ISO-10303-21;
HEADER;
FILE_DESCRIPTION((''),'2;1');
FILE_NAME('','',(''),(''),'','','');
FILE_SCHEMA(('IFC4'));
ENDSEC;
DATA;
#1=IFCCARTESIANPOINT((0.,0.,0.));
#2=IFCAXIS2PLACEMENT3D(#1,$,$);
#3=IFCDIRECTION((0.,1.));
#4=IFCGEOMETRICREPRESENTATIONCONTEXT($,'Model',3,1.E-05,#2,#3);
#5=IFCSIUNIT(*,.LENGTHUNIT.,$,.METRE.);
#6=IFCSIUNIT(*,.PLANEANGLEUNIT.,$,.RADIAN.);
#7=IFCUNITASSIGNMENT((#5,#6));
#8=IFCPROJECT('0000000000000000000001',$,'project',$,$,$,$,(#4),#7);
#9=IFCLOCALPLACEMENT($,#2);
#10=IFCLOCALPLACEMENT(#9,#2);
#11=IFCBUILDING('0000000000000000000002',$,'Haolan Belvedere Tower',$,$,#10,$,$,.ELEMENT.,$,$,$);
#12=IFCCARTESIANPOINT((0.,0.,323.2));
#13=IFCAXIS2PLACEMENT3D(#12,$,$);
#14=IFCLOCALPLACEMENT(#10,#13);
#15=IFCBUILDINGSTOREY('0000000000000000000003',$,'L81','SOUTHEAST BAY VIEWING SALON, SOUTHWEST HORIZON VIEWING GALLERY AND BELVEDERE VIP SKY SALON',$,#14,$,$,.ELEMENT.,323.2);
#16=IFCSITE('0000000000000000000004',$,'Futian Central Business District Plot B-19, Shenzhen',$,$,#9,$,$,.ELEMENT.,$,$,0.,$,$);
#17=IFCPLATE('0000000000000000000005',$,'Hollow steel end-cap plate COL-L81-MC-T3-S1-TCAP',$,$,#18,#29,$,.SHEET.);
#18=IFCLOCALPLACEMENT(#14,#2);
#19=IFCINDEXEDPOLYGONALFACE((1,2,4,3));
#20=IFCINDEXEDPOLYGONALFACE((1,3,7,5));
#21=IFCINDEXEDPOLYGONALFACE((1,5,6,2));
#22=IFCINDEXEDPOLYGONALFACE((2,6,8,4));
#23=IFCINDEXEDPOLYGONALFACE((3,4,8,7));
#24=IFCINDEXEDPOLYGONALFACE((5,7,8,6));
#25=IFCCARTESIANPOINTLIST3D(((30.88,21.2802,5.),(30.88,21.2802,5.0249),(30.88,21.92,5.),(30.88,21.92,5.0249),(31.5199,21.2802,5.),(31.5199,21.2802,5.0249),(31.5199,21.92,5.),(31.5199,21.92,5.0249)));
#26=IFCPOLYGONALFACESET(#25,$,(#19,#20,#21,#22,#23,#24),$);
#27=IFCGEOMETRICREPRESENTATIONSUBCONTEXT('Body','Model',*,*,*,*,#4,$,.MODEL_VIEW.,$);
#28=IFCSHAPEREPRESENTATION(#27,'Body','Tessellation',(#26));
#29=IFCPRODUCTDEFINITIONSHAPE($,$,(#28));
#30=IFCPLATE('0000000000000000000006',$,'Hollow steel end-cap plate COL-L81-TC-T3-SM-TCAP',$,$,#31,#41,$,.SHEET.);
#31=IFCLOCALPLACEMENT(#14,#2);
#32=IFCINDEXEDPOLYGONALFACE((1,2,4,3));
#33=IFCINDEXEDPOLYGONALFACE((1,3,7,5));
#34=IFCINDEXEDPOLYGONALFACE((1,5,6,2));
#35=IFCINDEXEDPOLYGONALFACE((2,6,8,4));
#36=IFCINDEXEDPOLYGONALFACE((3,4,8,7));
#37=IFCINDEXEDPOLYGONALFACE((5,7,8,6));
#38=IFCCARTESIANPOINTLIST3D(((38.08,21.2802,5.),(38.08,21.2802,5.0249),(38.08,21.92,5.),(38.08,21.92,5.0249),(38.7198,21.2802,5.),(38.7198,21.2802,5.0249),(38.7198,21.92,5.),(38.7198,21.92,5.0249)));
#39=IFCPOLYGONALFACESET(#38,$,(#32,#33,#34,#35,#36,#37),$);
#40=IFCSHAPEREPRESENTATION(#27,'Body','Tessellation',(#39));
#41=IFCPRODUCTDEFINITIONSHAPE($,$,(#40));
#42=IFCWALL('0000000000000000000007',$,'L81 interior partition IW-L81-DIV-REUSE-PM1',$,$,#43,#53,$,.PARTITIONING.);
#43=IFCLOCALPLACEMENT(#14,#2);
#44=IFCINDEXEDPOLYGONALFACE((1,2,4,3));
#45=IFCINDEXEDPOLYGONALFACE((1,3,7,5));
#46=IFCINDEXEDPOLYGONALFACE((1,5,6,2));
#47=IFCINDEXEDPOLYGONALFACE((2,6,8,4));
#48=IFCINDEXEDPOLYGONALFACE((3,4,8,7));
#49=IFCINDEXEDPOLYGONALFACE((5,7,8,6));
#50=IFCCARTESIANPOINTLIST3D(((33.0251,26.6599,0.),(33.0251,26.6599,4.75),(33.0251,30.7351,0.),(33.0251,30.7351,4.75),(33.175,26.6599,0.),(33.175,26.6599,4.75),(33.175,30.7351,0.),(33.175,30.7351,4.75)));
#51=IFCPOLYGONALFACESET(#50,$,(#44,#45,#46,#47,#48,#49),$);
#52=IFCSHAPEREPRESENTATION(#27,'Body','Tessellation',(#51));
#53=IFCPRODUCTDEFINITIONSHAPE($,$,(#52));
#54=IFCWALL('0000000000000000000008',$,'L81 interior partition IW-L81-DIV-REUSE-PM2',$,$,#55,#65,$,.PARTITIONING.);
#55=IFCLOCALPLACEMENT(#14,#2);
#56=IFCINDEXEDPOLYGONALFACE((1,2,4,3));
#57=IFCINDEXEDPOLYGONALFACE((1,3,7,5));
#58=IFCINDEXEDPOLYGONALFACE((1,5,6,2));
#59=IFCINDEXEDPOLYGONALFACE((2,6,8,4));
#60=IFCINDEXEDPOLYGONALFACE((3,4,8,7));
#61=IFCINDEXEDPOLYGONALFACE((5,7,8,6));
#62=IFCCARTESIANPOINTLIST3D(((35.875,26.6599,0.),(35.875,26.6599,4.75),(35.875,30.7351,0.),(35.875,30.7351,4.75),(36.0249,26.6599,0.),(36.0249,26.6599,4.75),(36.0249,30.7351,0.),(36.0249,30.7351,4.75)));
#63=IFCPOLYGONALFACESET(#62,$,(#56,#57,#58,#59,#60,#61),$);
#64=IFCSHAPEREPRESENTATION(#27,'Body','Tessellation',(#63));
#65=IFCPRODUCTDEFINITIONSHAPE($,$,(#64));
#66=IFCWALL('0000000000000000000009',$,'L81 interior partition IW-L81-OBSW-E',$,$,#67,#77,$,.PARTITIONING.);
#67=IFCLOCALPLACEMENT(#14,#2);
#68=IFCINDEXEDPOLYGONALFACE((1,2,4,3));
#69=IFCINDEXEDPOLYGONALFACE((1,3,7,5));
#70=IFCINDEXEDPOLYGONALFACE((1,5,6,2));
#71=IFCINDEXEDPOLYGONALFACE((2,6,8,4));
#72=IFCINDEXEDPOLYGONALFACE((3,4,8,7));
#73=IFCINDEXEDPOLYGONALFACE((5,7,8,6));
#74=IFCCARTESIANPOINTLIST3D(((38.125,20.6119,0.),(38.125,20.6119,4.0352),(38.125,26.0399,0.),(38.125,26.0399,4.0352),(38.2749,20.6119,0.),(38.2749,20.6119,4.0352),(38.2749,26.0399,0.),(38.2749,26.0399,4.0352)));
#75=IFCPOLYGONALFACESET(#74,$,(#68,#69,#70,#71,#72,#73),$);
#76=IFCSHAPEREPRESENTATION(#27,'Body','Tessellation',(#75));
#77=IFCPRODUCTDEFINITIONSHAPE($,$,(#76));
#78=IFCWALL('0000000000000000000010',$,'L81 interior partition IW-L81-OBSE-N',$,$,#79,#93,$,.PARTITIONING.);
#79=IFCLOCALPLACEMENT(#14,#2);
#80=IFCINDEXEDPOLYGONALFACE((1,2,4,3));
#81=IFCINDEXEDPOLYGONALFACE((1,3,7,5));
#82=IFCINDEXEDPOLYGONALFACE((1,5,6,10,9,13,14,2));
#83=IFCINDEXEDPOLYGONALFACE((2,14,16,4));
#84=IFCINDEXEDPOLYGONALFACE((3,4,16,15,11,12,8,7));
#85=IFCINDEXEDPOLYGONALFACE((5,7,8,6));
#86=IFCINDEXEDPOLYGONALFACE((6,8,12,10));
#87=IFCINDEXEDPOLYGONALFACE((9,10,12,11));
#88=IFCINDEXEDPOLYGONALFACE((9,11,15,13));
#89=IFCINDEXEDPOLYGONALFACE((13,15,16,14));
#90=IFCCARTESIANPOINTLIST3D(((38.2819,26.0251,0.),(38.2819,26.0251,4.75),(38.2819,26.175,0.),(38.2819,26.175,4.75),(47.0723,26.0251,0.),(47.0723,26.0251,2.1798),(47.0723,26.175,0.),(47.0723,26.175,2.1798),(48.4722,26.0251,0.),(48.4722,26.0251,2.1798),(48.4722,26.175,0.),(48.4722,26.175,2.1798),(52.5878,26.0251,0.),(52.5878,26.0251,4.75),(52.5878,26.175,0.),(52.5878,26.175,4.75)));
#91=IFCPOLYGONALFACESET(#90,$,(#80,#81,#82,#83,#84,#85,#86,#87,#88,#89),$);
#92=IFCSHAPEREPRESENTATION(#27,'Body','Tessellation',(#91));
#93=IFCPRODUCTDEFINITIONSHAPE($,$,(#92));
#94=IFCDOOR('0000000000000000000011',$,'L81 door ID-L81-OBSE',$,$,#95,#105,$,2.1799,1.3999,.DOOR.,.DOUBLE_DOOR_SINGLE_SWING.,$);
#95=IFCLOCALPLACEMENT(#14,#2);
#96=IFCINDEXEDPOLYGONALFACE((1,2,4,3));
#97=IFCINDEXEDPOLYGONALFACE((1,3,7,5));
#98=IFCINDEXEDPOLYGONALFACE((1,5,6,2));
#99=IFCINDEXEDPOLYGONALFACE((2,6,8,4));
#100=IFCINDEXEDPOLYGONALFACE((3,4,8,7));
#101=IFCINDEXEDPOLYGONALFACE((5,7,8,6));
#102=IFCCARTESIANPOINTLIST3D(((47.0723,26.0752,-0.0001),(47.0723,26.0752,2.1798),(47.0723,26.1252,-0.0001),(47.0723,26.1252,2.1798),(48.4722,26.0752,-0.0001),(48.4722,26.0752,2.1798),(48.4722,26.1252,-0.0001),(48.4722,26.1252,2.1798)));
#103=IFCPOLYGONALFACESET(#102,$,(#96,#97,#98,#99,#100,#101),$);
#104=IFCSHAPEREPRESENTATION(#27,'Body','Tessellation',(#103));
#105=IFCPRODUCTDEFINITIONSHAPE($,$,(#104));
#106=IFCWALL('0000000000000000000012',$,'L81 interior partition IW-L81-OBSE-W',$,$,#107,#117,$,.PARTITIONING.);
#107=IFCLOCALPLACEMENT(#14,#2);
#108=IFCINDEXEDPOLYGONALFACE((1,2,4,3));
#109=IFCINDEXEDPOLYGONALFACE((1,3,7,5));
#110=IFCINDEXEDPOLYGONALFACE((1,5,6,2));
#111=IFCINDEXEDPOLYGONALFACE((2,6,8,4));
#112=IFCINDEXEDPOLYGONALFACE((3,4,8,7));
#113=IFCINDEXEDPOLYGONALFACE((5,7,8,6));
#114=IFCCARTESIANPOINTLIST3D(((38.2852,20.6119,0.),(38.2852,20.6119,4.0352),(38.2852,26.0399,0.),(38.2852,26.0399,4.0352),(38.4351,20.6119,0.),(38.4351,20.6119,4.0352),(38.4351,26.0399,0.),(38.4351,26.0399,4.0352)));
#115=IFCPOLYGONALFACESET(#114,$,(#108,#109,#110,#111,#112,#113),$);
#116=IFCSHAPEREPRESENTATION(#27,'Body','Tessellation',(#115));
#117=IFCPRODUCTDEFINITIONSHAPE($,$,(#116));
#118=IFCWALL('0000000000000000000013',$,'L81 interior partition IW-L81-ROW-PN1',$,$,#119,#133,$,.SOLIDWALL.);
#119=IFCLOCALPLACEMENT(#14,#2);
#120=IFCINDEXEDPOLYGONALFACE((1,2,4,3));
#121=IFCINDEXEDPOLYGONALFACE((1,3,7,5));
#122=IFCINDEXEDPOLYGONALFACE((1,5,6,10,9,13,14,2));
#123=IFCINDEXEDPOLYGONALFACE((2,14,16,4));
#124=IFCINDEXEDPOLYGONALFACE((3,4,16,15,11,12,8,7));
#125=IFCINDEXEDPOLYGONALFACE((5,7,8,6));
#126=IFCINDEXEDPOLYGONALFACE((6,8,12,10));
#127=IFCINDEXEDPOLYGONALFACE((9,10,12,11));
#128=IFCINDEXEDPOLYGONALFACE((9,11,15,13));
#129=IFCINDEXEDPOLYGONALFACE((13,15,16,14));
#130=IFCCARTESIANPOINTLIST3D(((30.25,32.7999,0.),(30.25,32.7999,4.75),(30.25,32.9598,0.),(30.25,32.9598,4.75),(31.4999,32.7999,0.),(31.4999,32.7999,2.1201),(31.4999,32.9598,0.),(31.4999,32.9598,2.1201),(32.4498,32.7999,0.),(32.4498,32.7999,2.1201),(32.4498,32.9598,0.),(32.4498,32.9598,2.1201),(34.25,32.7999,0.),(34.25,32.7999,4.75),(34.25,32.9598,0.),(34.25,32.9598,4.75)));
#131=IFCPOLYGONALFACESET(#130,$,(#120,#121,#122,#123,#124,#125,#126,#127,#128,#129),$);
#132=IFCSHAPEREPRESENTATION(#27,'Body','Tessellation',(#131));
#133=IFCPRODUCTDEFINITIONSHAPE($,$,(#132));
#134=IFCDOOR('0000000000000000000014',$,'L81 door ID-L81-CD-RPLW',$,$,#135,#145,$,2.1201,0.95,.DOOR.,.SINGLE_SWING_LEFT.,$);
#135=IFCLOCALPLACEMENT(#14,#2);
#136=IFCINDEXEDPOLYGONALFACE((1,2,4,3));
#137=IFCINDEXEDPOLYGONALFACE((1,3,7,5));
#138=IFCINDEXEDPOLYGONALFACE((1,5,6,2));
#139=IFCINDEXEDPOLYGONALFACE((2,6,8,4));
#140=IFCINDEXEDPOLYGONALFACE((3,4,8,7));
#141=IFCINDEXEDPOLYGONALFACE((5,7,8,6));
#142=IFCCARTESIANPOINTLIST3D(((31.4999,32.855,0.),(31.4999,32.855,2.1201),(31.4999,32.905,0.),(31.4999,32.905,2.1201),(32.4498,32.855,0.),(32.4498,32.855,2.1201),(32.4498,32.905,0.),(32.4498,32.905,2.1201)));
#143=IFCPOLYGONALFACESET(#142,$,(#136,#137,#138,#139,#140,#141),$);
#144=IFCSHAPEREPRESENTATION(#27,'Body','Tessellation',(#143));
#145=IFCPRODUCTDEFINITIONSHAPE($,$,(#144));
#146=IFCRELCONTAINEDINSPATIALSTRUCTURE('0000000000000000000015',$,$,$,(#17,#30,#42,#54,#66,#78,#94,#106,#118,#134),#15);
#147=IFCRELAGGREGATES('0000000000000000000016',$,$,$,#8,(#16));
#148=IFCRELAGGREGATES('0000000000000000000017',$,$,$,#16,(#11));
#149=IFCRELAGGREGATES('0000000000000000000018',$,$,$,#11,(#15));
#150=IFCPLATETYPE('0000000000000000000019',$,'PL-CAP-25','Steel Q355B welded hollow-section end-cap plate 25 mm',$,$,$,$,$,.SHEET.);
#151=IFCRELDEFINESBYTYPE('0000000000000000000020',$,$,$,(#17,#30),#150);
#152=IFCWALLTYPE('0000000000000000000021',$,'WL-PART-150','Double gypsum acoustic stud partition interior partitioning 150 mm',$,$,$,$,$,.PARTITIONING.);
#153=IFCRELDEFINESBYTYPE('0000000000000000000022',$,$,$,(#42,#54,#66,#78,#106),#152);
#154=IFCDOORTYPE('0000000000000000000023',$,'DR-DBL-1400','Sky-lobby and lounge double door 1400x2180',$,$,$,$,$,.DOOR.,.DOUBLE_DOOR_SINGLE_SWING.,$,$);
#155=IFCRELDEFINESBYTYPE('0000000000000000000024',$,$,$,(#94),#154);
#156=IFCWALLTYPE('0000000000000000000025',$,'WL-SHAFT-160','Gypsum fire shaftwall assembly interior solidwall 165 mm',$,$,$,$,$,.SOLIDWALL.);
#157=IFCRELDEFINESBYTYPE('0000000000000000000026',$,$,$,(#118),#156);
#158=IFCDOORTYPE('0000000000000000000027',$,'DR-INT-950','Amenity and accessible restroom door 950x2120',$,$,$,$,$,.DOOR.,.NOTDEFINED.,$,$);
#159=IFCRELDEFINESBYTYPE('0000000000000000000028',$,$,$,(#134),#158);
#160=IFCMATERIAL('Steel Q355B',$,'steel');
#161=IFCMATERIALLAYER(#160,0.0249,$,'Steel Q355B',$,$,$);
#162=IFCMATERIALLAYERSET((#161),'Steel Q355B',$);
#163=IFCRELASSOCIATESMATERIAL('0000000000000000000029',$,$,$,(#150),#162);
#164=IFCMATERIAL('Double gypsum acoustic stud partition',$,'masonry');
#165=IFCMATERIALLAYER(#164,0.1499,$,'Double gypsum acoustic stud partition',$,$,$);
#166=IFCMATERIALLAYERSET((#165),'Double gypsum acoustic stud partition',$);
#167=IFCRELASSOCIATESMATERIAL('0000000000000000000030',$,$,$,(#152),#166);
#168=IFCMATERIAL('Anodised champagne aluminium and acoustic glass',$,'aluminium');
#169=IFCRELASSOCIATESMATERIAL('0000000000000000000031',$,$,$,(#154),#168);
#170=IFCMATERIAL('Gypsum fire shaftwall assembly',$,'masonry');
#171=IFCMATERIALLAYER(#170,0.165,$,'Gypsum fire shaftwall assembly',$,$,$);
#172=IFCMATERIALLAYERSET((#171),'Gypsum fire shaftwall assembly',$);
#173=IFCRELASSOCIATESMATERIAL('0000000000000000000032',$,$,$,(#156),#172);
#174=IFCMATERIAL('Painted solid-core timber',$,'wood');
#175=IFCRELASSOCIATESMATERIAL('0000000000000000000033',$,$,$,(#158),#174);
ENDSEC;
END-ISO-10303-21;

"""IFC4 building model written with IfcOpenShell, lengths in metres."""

from ifc_helpers import new_model, si_unit, direction, frame, frame_2d, origin, origin_2d, place, context, subcontext, project, spatial, rectangle, extrude, material, layer, layer_set, type_object, element, fill, save


model = new_model("IFC4")

# Units and contexts
model_context = context("Model", 3, precision=1e-05, world=origin(), true_north=direction((0.0, 1.0)))
body_context = subcontext(model_context, "Body", "Model", "MODEL_VIEW")
ifc_project = project(units=[si_unit("LENGTHUNIT", "METRE"), si_unit("PLANEANGLEUNIT", "RADIAN")], contexts=[model_context])

# Site, building, storey
site_placement = place(None, origin())
site = spatial("IfcSite", under=ifc_project, at=site_placement, Name="Futian Central Business District Plot B-19, Shenzhen", CompositionType="ELEMENT", RefElevation=0.0)
building_placement = place(site_placement, origin())
building = spatial("IfcBuilding", under=site, at=building_placement, Name="Haolan Belvedere Tower", CompositionType="ELEMENT")
storey_placement = place(building_placement, frame((0.0, 0.0, 323.2)))
storey = spatial("IfcBuildingStorey", under=building, at=storey_placement, Name="L81", Description="SOUTHEAST BAY VIEWING SALON, SOUTHWEST HORIZON VIEWING GALLERY AND BELVEDERE VIP SKY SALON", CompositionType="ELEMENT", Elevation=323.2)

# Shared definitions
ifc_material_1 = material(Name="Steel Q355B", Category="steel")

# Plates
ifc_layer_1 = layer(ifc_material_1, 0.0249, Name="Steel Q355B")
ifc_layer_set_1 = layer_set([ifc_layer_1], Name="Steel Q355B")
plate_type_1 = type_object("IfcPlateType", Name="PL-CAP-25", Description="Steel Q355B welded hollow-section end-cap plate 25 mm", PredefinedType="SHEET", material=ifc_layer_set_1)
for number, where, z_axis, x_axis, name in (
    (1, (31.2, 21.6001, 5.0), (0.0, 0.0, 1.0), (1.0, 0.0, 0.0), "Hollow steel end-cap plate COL-L81-MC-T3-S1-TCAP"),
    (2, (38.3999, 21.6001, 5.0), (0.0, 0.0, 1.0), (1.0, 0.0, 0.0), "Hollow steel end-cap plate COL-L81-TC-T3-SM-TCAP"),
):
    element("IfcPlate", number, at=place(storey_placement, frame(where, z_axis=z_axis, x_axis=x_axis)), inside=storey, type_object=plate_type_1, Name=name, PredefinedType="SHEET", context=body_context, shape_type="SweptSolid", body=[
        extrude(rectangle(XDim=0.6399, YDim=0.6399, at=origin_2d()), origin(), (0.0, 0.0, 1.0), 0.0249),
    ])

# Walls
ifc_material_2 = material(Name="Double gypsum acoustic stud partition", Category="masonry")
ifc_layer_2 = layer(ifc_material_2, 0.1499, Name="Double gypsum acoustic stud partition")
ifc_layer_set_2 = layer_set([ifc_layer_2], Name="Double gypsum acoustic stud partition")
wall_type_1 = type_object("IfcWallType", Name="WL-PART-150", Description="Double gypsum acoustic stud partition interior partitioning 150 mm", PredefinedType="PARTITIONING", material=ifc_layer_set_2)
for number, where, z_axis, x_axis, name in (
    (3, (33.1001, 26.6599, 0.0), (0.0, 0.0, 1.0), (0.0, 1.0, 0.0), "L81 interior partition IW-L81-DIV-REUSE-PM1"),
    (4, (35.95, 26.6599, 0.0), (0.0, 0.0, 1.0), (0.0, 1.0, 0.0), "L81 interior partition IW-L81-DIV-REUSE-PM2"),
):
    element("IfcWall", number, at=place(storey_placement, frame(where, z_axis=z_axis, x_axis=x_axis)), inside=storey, type_object=wall_type_1, Name=name, PredefinedType="PARTITIONING", context=body_context, shape_type="SweptSolid", body=[
        extrude(rectangle(XDim=4.0752, YDim=0.1499, at=frame_2d((2.0376, 0.0))), origin(), (0.0, 0.0, 1.0), 4.75),
    ])
wall_1_placement = place(storey_placement, frame((38.2, 20.6121, 0.0), z_axis=(0.0, 0.0, 1.0), x_axis=(0.0, 1.0, 0.0)))
element("IfcWall", 5, at=wall_1_placement, inside=storey, type_object=wall_type_1, Name="L81 interior partition IW-L81-OBSW-E", PredefinedType="PARTITIONING", context=body_context, shape_type="SweptSolid", body=[
    extrude(rectangle(XDim=5.428, YDim=0.1499, at=frame_2d((2.7139, 0.0))), origin(), (0.0, 0.0, 1.0), 4.0352),
])

# Wall, opening, door
wall_2_placement = place(storey_placement, frame((38.282, 26.1001, 0.0), z_axis=(0.0, 0.0, 1.0), x_axis=(1.0, 0.0, 0.0)))
wall_2 = element("IfcWall", 6, at=wall_2_placement, inside=storey, type_object=wall_type_1, Name="L81 interior partition IW-L81-OBSE-N", PredefinedType="PARTITIONING", context=body_context, shape_type="SweptSolid", body=[
    extrude(rectangle(XDim=14.3059, YDim=0.1499, at=frame_2d((7.1528, 0.0))), origin(), (0.0, 0.0, 1.0), 4.75),
])
opening_1_placement = place(wall_2_placement, frame((10.1902, 0.0, 0.0), z_axis=(0.0, 0.0, 1.0), x_axis=(-1.0, 0.0, 0.0)))
opening_1 = element("IfcOpeningElement", 7, at=opening_1_placement, cuts=wall_2, PredefinedType="OPENING", context=body_context, shape_type="SweptSolid", body=[
    extrude(rectangle(XDim=1.3999, YDim=2.1799, at=frame_2d((0.7, 1.0898))), frame((0.0, 0.085, 0.0), z_axis=(0.0, -1.0, 0.0), x_axis=(1.0, 0.0, 0.0)), (0.0, 0.0, 1.0), 0.1699),
])
ifc_material_3 = material(Name="Anodised champagne aluminium and acoustic glass", Category="aluminium")
door_type_1 = type_object("IfcDoorType", Name="DR-DBL-1400", Description="Sky-lobby and lounge double door 1400x2180", OperationType="DOUBLE_DOOR_SINGLE_SWING", PredefinedType="DOOR", material=ifc_material_3)
door_1_placement = place(opening_1_placement, origin())
door_1 = element("IfcDoor", 8, at=door_1_placement, inside=storey, type_object=door_type_1, Name="L81 door ID-L81-OBSE", OperationType="DOUBLE_DOOR_SINGLE_SWING", OverallHeight=2.1799, OverallWidth=1.3999, PredefinedType="DOOR", context=body_context, shape_type="SweptSolid", body=[
    extrude(rectangle(XDim=1.3999, YDim=2.1799, at=frame_2d((0.7, 1.0898))), frame((0.0, 0.0249, 0.0), z_axis=(0.0, -1.0, 0.0), x_axis=(1.0, 0.0, 0.0)), (0.0, 0.0, 1.0), 0.05),
])
fill(opening_1, door_1)

# Wall
wall_3_placement = place(storey_placement, frame((38.3601, 20.6121, 0.0), z_axis=(0.0, 0.0, 1.0), x_axis=(0.0, 1.0, 0.0)))
element("IfcWall", 9, at=wall_3_placement, inside=storey, type_object=wall_type_1, Name="L81 interior partition IW-L81-OBSE-W", PredefinedType="PARTITIONING", context=body_context, shape_type="SweptSolid", body=[
    extrude(rectangle(XDim=5.428, YDim=0.1499, at=frame_2d((2.7139, 0.0))), origin(), (0.0, 0.0, 1.0), 4.0352),
])

# Wall, opening, door
ifc_material_4 = material(Name="Gypsum fire shaftwall assembly", Category="masonry")
ifc_layer_3 = layer(ifc_material_4, 0.165, Name="Gypsum fire shaftwall assembly")
ifc_layer_set_3 = layer_set([ifc_layer_3], Name="Gypsum fire shaftwall assembly")
wall_type_2 = type_object("IfcWallType", Name="WL-SHAFT-160", Description="Gypsum fire shaftwall assembly interior solidwall 165 mm", PredefinedType="SOLIDWALL", material=ifc_layer_set_3)
wall_4_placement = place(storey_placement, frame((30.25, 32.8799, 0.0), z_axis=(0.0, 0.0, 1.0), x_axis=(1.0, 0.0, 0.0)))
wall_4 = element("IfcWall", 10, at=wall_4_placement, inside=storey, type_object=wall_type_2, Name="L81 interior partition IW-L81-ROW-PN1", PredefinedType="SOLIDWALL", context=body_context, shape_type="SweptSolid", body=[
    extrude(rectangle(XDim=4.0, YDim=0.1599, at=frame_2d((2.0, 0.0))), origin(), (0.0, 0.0, 1.0), 4.75),
])
opening_2_placement = place(wall_4_placement, frame((2.2, 0.0, 0.0), z_axis=(0.0, 0.0, 1.0), x_axis=(-1.0, 0.0, 0.0)))
opening_2 = element("IfcOpeningElement", 11, at=opening_2_placement, cuts=wall_4, PredefinedType="OPENING", context=body_context, shape_type="SweptSolid", body=[
    extrude(rectangle(XDim=0.95, YDim=2.1201, at=frame_2d((0.4751, 1.0601))), frame((0.0, 0.0898, 0.0), z_axis=(0.0, -1.0, 0.0), x_axis=(1.0, 0.0, 0.0)), (0.0, 0.0, 1.0), 0.1799),
])
ifc_material_5 = material(Name="Painted solid-core timber", Category="wood")
door_type_2 = type_object("IfcDoorType", Name="DR-INT-950", Description="Amenity and accessible restroom door 950x2120", OperationType="NOTDEFINED", PredefinedType="DOOR", material=ifc_material_5)
door_2_placement = place(opening_2_placement, origin())
door_2 = element("IfcDoor", 12, at=door_2_placement, inside=storey, type_object=door_type_2, Name="L81 door ID-L81-CD-RPLW", OperationType="SINGLE_SWING_LEFT", OverallHeight=2.1201, OverallWidth=0.95, PredefinedType="DOOR", context=body_context, shape_type="SweptSolid", body=[
    extrude(rectangle(XDim=0.95, YDim=2.1201, at=frame_2d((0.4751, 1.0601))), frame((0.0, 0.0249, 0.0), z_axis=(0.0, -1.0, 0.0), x_axis=(1.0, 0.0, 0.0)), (0.0, 0.0, 1.0), 0.05),
])
fill(opening_2, door_2)

save(model, "model.ifc")
